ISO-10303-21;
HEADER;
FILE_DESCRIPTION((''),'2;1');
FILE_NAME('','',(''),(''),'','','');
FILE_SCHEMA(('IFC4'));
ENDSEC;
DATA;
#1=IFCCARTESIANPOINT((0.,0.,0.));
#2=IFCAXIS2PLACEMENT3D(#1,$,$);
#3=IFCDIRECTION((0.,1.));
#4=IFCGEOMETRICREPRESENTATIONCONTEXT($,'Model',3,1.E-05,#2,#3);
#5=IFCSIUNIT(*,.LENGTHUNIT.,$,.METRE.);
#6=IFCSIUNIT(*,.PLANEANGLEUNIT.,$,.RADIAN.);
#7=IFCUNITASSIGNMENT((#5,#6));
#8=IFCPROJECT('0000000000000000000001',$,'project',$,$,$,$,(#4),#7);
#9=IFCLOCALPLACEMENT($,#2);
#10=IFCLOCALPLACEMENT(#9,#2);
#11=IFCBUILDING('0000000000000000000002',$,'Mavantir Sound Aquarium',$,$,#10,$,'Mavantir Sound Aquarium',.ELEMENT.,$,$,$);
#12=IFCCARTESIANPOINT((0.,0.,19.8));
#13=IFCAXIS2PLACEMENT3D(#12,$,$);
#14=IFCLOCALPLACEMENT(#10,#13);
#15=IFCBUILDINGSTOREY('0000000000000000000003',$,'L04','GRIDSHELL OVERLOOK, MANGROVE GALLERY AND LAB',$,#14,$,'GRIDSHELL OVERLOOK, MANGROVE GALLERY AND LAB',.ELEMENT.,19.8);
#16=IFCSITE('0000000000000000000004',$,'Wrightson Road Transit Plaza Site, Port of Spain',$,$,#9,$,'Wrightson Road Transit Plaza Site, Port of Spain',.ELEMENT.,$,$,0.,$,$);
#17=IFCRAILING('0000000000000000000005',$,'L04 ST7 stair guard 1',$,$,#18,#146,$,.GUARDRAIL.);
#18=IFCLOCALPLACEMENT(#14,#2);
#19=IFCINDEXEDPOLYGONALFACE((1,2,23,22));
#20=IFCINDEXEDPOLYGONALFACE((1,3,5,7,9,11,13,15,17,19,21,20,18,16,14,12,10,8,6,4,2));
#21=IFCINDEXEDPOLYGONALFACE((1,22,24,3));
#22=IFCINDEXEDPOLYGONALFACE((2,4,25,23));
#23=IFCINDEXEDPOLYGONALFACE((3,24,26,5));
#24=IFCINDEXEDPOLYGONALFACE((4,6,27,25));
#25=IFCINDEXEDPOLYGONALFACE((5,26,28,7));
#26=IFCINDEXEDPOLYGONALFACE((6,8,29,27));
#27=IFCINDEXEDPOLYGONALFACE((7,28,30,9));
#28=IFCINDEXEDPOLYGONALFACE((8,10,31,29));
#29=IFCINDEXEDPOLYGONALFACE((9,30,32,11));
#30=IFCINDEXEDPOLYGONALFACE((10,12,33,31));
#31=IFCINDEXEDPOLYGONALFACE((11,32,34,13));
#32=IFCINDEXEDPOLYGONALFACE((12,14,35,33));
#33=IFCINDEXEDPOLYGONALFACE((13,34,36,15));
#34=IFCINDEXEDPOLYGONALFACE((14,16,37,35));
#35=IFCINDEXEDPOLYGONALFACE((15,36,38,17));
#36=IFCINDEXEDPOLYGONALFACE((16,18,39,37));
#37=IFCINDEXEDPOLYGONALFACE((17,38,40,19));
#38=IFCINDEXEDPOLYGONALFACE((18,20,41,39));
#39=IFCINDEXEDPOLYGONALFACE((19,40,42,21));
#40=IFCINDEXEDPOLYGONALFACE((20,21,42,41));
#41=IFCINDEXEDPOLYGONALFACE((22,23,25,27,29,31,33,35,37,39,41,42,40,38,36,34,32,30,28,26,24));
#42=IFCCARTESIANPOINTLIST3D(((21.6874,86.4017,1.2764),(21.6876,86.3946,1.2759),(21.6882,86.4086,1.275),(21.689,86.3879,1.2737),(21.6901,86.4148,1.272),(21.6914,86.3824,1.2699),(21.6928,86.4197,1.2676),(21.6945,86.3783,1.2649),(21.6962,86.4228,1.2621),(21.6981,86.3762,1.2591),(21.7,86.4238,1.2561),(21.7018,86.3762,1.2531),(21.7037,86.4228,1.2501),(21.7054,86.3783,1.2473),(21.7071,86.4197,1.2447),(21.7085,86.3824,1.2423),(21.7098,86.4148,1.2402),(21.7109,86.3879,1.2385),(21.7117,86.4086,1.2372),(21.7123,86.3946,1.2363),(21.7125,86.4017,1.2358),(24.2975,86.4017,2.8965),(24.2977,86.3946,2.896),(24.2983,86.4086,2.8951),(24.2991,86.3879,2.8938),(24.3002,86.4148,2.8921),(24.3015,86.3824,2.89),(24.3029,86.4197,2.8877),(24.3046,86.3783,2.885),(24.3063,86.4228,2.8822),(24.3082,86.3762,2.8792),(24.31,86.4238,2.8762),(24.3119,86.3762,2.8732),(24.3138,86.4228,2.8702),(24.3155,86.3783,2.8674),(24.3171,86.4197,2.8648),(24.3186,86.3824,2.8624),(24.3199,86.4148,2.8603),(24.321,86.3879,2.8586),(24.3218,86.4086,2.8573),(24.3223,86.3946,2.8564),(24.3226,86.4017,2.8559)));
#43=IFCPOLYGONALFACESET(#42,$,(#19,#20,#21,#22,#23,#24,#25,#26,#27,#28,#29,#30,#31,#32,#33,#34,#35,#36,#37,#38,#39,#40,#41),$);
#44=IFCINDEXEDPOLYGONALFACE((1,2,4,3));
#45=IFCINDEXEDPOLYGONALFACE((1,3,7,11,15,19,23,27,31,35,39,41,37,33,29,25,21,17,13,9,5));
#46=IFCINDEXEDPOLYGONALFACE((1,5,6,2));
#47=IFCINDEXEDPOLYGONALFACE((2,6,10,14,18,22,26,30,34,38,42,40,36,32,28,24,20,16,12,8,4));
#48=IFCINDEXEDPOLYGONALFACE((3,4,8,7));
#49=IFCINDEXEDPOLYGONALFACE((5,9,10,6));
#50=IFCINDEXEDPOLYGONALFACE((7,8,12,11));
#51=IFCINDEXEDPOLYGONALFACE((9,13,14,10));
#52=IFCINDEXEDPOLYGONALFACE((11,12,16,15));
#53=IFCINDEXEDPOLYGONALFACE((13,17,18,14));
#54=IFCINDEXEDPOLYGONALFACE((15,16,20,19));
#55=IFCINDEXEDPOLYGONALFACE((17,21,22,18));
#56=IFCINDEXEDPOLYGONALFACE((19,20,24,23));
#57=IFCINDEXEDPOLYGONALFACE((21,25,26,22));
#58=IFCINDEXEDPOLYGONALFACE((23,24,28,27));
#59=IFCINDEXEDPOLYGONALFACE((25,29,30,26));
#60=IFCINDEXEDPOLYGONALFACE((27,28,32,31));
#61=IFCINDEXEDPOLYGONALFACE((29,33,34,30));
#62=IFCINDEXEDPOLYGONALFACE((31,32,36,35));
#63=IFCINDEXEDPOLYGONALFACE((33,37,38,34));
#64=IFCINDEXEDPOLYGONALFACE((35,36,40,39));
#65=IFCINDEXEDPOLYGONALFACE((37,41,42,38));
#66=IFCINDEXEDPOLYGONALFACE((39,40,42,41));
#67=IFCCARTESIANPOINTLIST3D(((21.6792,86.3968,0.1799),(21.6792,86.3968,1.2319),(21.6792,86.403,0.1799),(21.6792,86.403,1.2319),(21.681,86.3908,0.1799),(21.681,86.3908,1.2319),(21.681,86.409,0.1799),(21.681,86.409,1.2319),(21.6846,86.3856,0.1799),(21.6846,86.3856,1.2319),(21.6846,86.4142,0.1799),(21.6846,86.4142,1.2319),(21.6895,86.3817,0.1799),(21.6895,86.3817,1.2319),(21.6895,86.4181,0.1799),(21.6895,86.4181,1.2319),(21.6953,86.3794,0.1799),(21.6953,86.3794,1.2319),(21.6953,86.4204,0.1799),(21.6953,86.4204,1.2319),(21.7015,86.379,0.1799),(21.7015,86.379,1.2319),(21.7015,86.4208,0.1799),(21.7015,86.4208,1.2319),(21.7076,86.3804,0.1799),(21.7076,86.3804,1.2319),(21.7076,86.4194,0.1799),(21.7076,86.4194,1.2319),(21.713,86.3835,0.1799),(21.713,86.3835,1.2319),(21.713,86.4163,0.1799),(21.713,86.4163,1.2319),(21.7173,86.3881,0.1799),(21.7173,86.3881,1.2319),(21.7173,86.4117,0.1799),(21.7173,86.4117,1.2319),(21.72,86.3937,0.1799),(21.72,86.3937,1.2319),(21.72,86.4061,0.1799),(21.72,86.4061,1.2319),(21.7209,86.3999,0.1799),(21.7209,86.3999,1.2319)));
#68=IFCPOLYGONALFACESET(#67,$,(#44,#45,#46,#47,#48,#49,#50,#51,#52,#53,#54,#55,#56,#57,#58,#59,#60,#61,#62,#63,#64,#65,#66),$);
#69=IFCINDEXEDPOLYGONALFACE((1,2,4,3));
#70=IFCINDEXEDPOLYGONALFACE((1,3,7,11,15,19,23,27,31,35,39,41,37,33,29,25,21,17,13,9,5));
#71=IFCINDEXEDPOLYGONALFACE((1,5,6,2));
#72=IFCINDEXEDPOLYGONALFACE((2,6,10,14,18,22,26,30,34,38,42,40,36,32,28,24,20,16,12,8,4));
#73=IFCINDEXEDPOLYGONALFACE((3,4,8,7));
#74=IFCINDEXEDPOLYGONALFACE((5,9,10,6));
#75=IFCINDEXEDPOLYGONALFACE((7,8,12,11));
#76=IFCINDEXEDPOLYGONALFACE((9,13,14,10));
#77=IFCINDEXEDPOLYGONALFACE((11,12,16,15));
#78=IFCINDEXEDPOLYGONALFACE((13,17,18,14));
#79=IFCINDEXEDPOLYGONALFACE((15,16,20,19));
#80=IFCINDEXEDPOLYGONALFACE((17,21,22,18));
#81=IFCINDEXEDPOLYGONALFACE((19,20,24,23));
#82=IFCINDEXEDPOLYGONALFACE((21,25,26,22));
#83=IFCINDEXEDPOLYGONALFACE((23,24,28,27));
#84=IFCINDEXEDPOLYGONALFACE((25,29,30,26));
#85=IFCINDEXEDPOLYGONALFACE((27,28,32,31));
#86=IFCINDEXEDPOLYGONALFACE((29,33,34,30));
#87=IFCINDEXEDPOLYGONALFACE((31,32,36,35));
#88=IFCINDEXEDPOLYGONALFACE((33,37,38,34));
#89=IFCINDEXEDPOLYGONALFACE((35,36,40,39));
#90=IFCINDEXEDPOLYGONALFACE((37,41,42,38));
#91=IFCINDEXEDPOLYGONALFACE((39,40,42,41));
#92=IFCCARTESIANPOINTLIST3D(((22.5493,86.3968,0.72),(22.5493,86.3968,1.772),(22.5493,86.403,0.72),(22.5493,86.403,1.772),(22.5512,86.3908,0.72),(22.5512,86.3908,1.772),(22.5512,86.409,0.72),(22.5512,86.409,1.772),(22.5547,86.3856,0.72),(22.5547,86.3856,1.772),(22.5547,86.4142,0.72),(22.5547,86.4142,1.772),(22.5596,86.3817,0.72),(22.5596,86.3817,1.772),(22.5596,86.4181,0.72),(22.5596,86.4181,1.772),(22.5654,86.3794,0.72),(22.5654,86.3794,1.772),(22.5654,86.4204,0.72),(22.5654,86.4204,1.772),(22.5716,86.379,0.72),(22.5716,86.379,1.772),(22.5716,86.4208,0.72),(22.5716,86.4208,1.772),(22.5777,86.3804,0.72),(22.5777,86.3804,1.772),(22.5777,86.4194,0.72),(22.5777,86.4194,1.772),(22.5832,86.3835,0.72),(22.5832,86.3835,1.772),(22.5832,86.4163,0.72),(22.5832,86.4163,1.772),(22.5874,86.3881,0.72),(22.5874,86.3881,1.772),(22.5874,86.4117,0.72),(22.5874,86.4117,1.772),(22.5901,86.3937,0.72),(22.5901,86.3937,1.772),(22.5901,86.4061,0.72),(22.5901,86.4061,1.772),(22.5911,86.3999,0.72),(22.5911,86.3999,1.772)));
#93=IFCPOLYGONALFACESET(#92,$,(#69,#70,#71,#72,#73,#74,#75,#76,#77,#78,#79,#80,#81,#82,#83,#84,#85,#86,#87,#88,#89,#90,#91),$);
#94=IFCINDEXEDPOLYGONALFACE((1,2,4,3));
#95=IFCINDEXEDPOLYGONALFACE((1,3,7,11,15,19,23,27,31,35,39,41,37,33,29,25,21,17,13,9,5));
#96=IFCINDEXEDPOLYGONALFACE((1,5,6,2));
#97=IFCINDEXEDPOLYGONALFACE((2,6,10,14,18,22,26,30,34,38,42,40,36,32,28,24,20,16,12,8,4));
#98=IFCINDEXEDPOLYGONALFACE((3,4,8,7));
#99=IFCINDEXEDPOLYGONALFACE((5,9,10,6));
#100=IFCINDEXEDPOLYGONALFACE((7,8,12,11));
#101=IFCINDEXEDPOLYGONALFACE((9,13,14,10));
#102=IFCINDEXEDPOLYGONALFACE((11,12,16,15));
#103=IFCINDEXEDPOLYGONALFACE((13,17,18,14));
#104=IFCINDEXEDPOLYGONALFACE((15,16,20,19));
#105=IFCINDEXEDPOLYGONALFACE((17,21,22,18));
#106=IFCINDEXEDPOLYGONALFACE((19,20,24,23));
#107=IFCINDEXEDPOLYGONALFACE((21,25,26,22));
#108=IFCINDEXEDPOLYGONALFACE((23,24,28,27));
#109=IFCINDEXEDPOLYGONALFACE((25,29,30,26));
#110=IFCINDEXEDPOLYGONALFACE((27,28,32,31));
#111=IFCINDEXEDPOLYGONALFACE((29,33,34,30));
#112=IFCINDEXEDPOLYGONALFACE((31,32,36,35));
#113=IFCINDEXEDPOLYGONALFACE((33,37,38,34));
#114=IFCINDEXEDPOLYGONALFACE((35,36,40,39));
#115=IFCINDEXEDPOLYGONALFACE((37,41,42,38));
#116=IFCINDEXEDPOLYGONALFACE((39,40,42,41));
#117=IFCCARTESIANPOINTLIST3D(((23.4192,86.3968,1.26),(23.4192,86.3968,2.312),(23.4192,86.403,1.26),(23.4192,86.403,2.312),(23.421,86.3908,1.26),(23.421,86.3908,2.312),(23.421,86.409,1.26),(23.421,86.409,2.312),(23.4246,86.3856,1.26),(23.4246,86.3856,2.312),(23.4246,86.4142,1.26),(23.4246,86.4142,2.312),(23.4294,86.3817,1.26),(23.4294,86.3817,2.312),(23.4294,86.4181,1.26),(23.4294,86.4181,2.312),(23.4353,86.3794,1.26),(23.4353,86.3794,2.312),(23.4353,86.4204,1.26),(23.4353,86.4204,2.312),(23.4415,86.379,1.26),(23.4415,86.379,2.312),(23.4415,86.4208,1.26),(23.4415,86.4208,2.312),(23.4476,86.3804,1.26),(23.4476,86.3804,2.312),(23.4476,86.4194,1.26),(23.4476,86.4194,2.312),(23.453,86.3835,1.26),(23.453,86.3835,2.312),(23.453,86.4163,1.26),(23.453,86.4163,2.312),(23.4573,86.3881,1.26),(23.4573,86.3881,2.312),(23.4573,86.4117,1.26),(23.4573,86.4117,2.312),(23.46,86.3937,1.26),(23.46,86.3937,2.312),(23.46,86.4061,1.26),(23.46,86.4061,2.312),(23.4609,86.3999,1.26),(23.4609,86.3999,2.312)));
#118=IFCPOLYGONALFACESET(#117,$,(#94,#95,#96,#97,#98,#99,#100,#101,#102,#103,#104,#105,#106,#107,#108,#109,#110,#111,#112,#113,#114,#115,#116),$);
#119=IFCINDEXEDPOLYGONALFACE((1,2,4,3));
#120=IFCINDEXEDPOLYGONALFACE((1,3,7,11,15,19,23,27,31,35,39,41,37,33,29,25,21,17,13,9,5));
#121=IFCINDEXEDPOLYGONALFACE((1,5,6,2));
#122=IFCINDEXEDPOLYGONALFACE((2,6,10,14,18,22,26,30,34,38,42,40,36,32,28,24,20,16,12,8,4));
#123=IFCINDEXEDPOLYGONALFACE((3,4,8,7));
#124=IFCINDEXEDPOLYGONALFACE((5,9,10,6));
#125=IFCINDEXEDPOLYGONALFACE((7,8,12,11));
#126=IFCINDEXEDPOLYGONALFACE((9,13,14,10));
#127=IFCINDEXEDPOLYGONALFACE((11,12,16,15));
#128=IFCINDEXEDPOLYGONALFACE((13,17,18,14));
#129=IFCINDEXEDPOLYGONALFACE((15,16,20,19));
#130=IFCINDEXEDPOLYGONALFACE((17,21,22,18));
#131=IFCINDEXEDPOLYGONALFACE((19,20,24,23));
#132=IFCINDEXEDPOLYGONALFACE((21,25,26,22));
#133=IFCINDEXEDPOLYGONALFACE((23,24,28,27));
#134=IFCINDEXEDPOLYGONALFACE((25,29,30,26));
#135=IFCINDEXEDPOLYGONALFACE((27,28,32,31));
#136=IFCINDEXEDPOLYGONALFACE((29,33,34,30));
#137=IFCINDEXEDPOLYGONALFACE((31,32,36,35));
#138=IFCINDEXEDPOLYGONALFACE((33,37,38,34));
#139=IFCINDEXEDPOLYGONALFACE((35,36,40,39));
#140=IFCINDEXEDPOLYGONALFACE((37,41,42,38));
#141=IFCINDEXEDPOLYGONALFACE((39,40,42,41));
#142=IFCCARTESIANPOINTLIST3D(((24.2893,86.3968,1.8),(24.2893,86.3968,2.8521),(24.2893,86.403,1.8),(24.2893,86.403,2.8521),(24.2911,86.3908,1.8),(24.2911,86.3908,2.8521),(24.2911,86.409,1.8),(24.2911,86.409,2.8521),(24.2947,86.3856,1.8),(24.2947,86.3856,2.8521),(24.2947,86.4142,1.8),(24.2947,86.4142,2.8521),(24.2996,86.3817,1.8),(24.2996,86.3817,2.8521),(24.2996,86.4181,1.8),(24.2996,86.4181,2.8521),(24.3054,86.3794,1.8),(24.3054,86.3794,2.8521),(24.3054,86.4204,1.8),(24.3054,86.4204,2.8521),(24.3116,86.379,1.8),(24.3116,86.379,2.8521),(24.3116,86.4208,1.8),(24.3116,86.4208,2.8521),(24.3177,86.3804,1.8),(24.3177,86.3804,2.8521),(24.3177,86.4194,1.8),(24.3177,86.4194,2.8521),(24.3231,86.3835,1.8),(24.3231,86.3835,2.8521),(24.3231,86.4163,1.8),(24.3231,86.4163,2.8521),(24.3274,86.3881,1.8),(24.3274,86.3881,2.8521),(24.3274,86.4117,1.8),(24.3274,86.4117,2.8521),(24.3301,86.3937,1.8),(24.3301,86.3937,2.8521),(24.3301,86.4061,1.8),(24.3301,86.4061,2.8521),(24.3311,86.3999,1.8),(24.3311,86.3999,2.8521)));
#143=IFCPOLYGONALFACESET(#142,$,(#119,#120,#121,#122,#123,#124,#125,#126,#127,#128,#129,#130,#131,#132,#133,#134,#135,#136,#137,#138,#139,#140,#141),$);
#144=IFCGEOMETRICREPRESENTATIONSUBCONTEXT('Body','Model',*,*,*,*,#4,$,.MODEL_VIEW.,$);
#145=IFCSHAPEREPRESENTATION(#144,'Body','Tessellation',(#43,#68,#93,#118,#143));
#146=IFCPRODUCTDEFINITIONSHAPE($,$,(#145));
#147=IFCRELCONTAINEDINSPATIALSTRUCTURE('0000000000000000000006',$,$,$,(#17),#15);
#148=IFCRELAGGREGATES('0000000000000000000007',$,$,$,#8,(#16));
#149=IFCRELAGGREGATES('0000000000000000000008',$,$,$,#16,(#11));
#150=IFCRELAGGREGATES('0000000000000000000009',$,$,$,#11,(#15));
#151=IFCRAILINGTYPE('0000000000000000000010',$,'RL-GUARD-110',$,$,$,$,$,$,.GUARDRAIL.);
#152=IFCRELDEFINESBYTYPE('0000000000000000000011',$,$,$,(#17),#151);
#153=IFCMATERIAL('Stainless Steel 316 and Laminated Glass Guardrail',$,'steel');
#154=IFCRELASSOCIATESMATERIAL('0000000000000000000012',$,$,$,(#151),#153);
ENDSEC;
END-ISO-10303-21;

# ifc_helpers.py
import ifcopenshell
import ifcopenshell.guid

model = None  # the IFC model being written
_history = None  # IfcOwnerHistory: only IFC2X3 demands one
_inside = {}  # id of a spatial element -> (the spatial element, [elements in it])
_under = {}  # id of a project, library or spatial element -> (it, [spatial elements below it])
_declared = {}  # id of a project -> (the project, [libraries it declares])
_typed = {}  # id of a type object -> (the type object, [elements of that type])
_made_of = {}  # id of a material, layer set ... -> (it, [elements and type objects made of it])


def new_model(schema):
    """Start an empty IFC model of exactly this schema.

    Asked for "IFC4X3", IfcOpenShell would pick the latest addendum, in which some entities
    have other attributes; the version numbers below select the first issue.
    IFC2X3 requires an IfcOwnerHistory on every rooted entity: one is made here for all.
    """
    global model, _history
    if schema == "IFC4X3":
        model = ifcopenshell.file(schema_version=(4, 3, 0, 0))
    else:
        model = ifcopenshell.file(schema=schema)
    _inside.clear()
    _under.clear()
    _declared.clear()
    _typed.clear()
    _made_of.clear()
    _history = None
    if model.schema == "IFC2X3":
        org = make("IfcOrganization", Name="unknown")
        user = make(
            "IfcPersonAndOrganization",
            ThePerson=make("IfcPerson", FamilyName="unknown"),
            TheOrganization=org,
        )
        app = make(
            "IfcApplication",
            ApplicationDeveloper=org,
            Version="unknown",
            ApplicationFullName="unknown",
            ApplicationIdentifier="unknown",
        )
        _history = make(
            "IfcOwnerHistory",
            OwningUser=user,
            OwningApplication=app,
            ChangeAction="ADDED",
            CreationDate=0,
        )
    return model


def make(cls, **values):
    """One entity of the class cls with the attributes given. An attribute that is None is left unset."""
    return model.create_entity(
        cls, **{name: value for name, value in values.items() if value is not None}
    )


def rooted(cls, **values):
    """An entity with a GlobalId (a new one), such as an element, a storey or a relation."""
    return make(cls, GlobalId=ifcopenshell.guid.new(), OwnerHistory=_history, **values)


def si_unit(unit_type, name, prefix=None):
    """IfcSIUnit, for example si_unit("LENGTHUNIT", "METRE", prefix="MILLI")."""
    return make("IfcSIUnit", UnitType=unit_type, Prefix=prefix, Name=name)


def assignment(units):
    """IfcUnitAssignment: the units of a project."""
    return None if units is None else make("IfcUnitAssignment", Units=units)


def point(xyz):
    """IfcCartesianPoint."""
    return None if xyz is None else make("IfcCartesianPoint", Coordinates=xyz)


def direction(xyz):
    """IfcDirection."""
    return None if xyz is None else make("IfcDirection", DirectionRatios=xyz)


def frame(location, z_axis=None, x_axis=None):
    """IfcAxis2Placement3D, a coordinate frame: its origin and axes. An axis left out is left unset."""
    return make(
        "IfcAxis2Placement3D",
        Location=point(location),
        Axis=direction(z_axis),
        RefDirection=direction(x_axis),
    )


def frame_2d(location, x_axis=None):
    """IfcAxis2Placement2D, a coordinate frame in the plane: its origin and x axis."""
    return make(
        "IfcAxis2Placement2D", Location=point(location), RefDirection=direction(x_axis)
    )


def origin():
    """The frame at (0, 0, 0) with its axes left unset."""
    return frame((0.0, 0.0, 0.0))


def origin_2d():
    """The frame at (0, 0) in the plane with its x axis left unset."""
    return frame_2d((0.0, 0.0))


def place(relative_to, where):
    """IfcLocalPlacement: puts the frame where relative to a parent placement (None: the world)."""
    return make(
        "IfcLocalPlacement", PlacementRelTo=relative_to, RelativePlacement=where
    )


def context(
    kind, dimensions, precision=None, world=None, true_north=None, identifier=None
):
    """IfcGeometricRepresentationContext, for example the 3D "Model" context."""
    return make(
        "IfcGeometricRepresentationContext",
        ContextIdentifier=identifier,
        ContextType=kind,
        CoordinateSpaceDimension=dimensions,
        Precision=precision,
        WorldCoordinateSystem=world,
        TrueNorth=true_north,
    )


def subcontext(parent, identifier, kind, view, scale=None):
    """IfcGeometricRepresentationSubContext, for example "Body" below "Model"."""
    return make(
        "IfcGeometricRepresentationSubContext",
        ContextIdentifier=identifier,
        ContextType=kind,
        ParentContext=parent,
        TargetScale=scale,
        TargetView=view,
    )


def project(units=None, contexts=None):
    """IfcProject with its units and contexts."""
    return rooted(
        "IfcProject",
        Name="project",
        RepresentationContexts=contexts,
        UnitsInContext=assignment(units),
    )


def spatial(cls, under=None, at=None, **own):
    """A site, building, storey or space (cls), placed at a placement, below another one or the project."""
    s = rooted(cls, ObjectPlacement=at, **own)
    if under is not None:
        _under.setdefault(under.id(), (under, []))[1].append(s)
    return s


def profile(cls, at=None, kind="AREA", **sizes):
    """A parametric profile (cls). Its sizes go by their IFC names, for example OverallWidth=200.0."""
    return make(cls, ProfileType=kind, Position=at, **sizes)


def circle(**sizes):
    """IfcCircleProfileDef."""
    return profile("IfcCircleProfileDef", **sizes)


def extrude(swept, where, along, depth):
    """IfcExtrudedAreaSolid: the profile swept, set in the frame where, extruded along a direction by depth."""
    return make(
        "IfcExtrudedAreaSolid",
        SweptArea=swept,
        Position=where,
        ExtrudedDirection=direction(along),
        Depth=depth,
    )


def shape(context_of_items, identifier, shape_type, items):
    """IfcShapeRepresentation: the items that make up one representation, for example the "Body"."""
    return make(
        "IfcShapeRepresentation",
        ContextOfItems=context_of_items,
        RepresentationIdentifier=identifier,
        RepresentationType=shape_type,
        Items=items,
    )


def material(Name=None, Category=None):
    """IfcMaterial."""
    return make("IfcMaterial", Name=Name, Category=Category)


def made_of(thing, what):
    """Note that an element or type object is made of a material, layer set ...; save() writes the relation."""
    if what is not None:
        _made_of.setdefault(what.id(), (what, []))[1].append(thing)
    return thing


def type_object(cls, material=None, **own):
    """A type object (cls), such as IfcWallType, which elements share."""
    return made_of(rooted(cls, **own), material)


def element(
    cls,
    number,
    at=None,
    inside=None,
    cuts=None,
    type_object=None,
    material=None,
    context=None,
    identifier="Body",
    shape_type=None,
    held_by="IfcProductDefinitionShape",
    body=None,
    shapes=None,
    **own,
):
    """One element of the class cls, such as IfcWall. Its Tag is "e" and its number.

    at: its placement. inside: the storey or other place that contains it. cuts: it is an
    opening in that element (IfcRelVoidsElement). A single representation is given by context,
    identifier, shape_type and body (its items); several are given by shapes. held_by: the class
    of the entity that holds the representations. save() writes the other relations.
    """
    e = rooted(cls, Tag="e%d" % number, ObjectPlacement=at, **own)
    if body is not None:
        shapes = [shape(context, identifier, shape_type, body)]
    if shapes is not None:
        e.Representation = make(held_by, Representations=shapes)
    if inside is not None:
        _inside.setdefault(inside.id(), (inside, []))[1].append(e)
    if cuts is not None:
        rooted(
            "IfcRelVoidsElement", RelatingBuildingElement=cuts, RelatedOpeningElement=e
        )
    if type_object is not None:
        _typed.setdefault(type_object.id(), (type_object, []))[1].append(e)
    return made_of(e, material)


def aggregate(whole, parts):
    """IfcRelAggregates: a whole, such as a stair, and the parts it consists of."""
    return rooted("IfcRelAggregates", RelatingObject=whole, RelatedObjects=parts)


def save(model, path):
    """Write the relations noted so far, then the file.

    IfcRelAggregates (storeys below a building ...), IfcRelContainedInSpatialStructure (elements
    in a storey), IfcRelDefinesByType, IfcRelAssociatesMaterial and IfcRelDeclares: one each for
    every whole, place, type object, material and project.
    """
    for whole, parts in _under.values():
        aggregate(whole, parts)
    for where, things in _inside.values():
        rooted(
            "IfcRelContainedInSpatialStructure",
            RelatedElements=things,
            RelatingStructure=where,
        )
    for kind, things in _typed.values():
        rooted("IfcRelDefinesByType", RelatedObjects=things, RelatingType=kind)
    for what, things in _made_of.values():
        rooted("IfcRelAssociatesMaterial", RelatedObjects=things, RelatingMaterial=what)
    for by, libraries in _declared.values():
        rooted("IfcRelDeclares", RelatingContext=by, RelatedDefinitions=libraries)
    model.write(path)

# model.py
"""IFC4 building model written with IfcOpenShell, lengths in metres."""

from ifc_helpers import new_model, si_unit, direction, frame, origin, origin_2d, place, context, subcontext, project, spatial, circle, extrude, material, type_object, element, save


model = new_model("IFC4")

# Units and contexts
model_context = context("Model", 3, precision=1e-05, world=origin(), true_north=direction((0.0, 1.0)))
body_context = subcontext(model_context, "Body", "Model", "MODEL_VIEW")
ifc_project = project(units=[si_unit("LENGTHUNIT", "METRE"), si_unit("PLANEANGLEUNIT", "RADIAN")], contexts=[model_context])

# Site, building, storey
site_placement = place(None, origin())
site = spatial("IfcSite", under=ifc_project, at=site_placement, Name="Wrightson Road Transit Plaza Site, Port of Spain", LongName="Wrightson Road Transit Plaza Site, Port of Spain", CompositionType="ELEMENT", RefElevation=0.0)
building_placement = place(site_placement, origin())
building = spatial("IfcBuilding", under=site, at=building_placement, Name="Mavantir Sound Aquarium", LongName="Mavantir Sound Aquarium", CompositionType="ELEMENT")
storey_placement = place(building_placement, frame((0.0, 0.0, 19.8)))
storey = spatial("IfcBuildingStorey", under=building, at=storey_placement, Name="L04", Description="GRIDSHELL OVERLOOK, MANGROVE GALLERY AND LAB", LongName="GRIDSHELL OVERLOOK, MANGROVE GALLERY AND LAB", CompositionType="ELEMENT", Elevation=19.8)

# Railing
ifc_material_1 = material(Name="Stainless Steel 316 and Laminated Glass Guardrail", Category="steel")
railing_type_1 = type_object("IfcRailingType", Name="RL-GUARD-110", PredefinedType="GUARDRAIL", material=ifc_material_1)
railing_1_placement = place(storey_placement, frame((21.7, 86.3999, 0.1799)))
element("IfcRailing", 1, at=railing_1_placement, inside=storey, type_object=railing_type_1, Name="L04 ST7 stair guard 1", PredefinedType="GUARDRAIL", context=body_context, shape_type="SweptSolid", body=[
    extrude(circle(Radius=0.0239, at=origin_2d()), frame((0.0, 0.0, 1.0762), z_axis=(0.849633, 0.0, 0.527375), x_axis=(0.0, 1.0, 0.0)), (0.0, 0.0, 1.0), 3.072),
    extrude(circle(Radius=0.021, at=origin_2d()), origin(), (0.0, 0.0, 1.0), 1.052),
    extrude(circle(Radius=0.021, at=origin_2d()), frame((0.8701, 0.0, 0.54)), (0.0, 0.0, 1.0), 1.052),
    extrude(circle(Radius=0.021, at=origin_2d()), frame((1.74, 0.0, 1.0801)), (0.0, 0.0, 1.0), 1.052),
    extrude(circle(Radius=0.021, at=origin_2d()), frame((2.6101, 0.0, 1.6201)), (0.0, 0.0, 1.0), 1.052),
])

save(model, "model.ifc")
